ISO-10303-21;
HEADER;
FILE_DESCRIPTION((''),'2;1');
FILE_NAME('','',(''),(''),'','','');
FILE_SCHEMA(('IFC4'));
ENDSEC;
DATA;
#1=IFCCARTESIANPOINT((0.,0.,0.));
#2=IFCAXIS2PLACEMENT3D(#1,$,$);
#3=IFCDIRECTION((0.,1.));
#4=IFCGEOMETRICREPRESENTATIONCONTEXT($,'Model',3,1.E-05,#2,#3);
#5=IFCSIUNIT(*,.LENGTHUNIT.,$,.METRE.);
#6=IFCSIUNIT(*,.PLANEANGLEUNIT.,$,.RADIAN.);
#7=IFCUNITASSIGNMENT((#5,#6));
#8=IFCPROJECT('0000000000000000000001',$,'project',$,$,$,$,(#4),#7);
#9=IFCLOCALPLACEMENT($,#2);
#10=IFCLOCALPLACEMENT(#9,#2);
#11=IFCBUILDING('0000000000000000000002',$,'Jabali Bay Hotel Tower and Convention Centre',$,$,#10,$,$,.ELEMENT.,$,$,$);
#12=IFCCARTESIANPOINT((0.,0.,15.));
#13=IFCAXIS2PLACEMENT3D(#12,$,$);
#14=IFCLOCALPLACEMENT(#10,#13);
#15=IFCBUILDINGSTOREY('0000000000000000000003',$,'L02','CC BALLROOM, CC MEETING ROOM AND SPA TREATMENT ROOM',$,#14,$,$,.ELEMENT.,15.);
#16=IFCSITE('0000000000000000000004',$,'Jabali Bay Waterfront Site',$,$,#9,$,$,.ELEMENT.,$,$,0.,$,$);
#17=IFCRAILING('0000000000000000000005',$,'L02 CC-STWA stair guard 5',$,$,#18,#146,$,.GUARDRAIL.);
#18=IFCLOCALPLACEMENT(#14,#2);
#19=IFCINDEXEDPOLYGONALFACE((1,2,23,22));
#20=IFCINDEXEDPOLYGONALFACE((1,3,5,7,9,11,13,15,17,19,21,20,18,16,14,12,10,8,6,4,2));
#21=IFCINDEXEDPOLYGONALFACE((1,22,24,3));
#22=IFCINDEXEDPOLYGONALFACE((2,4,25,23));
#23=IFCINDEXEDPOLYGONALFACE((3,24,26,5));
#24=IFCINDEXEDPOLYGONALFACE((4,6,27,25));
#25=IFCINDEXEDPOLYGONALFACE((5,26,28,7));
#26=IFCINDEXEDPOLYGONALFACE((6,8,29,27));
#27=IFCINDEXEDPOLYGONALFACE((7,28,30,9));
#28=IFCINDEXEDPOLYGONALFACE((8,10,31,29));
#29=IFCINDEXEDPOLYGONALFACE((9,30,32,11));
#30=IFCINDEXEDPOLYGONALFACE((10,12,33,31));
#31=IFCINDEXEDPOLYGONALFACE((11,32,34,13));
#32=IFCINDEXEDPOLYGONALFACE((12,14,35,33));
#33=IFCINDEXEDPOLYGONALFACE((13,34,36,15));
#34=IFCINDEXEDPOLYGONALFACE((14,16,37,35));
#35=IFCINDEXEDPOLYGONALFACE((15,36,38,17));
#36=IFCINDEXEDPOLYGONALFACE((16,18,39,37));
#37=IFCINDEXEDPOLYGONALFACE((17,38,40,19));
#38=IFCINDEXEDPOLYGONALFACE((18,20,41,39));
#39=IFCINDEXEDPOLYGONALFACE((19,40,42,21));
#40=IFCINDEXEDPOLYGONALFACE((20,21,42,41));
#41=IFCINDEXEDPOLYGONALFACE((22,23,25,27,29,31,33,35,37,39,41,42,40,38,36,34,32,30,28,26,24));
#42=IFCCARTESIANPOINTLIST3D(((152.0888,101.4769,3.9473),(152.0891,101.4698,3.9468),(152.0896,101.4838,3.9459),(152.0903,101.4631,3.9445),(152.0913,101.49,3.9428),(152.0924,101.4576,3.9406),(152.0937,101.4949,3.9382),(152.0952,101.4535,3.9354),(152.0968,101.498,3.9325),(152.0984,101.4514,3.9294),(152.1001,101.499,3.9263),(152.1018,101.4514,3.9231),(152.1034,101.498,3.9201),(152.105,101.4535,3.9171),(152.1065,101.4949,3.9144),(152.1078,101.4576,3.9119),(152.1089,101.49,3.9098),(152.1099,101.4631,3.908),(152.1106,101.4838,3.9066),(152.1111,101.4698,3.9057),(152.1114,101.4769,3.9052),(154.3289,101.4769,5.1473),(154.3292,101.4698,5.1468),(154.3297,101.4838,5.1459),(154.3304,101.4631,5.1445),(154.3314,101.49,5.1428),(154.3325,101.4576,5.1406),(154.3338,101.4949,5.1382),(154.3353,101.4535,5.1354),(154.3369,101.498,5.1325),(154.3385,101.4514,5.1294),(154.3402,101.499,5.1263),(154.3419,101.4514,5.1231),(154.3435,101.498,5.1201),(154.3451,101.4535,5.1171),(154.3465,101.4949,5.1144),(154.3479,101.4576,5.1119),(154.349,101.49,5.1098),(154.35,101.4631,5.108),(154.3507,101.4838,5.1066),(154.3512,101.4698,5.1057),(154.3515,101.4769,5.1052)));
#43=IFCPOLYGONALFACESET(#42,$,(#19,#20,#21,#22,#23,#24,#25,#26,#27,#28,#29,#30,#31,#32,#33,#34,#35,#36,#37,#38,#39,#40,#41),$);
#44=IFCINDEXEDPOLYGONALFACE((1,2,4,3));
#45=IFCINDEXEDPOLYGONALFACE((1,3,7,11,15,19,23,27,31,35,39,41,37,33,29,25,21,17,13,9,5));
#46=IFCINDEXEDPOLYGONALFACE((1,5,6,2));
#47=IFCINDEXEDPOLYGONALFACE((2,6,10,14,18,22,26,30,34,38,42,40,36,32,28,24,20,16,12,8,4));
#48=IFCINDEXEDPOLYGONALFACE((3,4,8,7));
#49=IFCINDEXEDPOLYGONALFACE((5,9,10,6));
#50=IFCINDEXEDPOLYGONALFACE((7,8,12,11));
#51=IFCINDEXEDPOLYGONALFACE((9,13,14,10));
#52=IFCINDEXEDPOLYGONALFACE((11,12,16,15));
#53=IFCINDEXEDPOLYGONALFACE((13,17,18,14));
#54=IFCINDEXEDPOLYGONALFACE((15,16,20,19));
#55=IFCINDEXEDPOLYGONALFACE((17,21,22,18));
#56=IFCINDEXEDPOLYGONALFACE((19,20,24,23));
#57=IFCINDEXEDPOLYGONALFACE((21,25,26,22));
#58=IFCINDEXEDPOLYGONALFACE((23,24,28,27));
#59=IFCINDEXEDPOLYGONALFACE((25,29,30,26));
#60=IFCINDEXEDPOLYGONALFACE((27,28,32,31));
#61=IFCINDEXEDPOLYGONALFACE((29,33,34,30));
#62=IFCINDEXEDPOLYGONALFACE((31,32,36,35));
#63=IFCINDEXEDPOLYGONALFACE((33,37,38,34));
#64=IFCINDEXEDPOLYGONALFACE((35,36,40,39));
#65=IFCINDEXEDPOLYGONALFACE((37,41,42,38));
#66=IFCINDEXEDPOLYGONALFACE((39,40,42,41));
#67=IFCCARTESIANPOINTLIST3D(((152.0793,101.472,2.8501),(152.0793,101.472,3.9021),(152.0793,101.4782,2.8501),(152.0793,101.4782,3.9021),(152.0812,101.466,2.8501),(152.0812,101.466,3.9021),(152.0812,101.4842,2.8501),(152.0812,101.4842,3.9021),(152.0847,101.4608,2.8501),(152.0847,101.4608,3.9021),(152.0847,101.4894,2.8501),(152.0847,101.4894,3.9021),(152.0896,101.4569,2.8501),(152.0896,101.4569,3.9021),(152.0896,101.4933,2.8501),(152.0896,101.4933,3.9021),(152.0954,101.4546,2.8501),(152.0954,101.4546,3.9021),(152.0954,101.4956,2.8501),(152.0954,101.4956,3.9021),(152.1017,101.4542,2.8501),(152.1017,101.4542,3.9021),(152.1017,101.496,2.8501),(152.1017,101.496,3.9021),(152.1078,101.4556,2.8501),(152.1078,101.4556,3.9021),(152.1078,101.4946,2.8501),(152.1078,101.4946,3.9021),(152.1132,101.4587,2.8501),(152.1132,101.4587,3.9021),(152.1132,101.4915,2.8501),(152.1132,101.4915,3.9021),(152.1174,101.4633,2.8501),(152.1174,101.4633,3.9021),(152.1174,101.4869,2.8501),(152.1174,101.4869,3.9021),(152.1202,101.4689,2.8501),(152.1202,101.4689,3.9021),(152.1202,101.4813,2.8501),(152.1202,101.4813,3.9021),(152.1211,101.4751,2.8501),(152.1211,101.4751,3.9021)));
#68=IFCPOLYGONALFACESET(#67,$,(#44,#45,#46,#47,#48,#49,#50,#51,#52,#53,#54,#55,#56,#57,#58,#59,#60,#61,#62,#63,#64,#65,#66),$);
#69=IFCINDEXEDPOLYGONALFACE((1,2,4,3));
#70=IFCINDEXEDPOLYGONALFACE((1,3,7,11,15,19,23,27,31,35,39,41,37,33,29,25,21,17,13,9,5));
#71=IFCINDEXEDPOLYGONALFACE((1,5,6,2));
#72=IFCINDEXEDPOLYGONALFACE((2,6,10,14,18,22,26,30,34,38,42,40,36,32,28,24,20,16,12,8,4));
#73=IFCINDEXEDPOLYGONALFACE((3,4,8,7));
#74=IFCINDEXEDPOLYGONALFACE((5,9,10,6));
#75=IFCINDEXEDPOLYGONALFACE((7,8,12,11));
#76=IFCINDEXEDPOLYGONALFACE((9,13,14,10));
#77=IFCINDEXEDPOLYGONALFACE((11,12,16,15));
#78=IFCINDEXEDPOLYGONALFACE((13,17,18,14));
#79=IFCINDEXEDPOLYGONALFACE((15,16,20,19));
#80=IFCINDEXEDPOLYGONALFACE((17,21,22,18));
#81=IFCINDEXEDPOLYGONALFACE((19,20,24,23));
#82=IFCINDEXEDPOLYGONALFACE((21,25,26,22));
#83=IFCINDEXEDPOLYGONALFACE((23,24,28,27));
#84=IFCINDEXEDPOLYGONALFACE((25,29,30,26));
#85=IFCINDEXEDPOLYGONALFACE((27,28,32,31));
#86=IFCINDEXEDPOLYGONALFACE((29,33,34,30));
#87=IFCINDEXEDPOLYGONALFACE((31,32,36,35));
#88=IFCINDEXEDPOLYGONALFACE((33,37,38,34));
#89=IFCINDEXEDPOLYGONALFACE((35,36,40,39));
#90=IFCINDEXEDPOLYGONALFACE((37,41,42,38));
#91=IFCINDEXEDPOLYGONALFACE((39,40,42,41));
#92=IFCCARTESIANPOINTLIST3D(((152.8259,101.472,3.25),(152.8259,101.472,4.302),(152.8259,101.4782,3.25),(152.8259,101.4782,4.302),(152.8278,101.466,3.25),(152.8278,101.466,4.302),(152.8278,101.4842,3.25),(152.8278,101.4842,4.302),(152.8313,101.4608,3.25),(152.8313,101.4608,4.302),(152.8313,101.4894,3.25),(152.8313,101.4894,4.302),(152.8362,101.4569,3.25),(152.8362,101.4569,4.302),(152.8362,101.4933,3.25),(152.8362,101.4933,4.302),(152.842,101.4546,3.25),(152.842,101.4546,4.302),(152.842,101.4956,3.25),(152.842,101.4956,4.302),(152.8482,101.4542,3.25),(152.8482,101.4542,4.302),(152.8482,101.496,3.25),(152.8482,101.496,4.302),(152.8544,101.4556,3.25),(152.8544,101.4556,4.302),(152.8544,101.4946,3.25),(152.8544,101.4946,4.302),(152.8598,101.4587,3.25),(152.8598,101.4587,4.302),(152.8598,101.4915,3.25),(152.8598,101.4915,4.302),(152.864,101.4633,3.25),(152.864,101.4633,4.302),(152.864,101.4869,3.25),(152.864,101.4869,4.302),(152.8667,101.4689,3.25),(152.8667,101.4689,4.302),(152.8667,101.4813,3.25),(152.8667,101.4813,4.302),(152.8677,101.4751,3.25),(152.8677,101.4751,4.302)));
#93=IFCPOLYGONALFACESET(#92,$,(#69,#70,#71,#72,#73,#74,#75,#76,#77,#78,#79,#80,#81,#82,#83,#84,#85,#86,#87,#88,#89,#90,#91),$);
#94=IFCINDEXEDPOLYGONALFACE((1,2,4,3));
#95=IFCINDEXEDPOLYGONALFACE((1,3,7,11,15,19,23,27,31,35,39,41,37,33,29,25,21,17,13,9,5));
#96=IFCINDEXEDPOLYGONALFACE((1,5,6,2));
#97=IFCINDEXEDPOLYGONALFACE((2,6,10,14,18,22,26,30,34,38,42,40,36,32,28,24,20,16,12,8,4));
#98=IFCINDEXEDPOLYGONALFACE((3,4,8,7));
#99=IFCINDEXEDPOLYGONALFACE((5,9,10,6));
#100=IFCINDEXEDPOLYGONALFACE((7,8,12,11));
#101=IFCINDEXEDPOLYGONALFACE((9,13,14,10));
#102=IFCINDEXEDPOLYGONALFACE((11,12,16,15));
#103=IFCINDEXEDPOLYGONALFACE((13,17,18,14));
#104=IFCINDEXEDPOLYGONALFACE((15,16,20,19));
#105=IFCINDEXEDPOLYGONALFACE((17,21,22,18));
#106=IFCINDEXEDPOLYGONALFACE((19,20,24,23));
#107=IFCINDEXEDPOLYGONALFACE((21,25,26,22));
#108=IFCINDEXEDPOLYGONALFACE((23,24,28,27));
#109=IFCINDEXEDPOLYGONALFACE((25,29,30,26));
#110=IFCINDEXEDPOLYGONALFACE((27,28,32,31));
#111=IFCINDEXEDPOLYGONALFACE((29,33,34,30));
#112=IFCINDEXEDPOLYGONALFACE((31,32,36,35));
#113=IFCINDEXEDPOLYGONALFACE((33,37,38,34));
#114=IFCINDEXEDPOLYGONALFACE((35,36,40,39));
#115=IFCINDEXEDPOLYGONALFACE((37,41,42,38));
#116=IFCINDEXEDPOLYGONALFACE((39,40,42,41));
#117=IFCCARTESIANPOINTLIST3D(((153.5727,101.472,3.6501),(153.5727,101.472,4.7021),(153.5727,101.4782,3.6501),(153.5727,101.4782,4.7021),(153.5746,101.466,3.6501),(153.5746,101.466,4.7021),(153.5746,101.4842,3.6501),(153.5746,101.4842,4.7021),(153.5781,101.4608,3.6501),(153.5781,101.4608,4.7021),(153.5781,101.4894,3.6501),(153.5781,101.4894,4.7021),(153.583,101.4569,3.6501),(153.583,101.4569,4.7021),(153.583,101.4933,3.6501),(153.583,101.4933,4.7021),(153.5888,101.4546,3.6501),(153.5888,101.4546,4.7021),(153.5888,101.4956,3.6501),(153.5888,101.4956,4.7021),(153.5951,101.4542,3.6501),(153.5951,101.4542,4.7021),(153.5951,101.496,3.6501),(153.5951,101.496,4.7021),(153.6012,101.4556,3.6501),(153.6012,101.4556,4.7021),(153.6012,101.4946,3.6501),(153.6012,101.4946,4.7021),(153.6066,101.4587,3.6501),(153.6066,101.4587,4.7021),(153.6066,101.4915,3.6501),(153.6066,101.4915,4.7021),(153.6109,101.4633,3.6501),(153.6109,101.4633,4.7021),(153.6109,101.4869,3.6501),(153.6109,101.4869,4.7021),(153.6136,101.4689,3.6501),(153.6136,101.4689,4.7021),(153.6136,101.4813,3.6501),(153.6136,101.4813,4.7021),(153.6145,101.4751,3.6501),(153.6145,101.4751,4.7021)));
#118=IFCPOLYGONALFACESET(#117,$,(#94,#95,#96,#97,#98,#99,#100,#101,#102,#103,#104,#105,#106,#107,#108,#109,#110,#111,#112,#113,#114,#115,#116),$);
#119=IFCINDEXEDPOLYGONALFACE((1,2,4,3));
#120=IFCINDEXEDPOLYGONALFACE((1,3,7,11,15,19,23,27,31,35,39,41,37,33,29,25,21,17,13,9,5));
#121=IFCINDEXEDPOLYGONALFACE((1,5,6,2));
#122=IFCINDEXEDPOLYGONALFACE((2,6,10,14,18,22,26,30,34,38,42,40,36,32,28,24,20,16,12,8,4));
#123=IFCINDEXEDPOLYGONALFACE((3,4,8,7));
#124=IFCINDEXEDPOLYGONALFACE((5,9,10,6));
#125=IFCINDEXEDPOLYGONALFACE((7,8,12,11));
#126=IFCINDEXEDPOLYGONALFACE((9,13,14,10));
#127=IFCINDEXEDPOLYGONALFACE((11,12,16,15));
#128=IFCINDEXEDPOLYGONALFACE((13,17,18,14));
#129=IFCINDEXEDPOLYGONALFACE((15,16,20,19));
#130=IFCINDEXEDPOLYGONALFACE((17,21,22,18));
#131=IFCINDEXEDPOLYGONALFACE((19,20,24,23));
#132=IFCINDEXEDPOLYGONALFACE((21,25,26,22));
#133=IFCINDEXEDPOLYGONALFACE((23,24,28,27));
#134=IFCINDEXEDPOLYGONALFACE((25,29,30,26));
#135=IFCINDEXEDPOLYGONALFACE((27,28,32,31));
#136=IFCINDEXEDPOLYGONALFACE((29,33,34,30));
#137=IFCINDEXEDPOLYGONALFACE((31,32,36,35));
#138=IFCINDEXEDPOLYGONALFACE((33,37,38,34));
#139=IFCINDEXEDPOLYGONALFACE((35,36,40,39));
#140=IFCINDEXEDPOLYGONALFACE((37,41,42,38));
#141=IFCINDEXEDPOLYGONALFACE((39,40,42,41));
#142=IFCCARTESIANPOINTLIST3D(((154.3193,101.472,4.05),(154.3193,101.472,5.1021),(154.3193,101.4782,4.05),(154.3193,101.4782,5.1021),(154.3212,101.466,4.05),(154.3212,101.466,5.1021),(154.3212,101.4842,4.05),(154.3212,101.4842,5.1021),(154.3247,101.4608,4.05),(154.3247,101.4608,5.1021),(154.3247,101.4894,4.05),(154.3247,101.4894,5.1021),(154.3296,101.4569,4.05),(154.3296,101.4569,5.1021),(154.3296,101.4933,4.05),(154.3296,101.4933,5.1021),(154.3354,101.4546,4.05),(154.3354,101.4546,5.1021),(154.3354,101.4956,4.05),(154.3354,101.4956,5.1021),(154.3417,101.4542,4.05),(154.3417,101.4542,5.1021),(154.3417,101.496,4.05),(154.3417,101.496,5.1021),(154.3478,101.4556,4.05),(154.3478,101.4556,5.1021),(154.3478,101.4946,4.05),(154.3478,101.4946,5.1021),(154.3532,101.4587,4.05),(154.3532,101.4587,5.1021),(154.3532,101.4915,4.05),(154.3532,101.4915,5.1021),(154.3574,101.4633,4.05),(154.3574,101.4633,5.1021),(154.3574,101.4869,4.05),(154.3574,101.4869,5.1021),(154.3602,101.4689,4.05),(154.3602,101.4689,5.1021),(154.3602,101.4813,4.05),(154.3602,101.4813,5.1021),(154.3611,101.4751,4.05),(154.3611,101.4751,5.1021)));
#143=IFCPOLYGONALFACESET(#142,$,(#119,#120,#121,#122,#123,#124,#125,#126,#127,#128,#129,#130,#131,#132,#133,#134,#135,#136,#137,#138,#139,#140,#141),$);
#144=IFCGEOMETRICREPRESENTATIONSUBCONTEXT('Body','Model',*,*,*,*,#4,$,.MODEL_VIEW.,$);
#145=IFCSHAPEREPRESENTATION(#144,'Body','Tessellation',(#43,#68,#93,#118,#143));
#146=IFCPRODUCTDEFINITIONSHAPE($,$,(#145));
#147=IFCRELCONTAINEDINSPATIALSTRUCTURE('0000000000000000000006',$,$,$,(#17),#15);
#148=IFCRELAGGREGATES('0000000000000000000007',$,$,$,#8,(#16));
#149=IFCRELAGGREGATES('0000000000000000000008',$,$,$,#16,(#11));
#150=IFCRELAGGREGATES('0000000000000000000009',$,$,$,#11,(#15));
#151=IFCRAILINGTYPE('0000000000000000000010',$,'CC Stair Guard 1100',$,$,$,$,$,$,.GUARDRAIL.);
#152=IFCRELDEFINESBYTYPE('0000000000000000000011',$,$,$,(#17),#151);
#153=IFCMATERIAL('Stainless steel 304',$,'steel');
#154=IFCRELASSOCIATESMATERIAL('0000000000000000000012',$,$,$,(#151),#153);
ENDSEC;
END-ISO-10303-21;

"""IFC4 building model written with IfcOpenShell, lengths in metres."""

from ifc_helpers import new_model, si_unit, direction, frame, origin, origin_2d, place, context, subcontext, project, spatial, circle, extrude, material, type_object, element, save


model = new_model("IFC4")

# Units and contexts
model_context = context("Model", 3, precision=1e-05, world=origin(), true_north=direction((0.0, 1.0)))
body_context = subcontext(model_context, "Body", "Model", "MODEL_VIEW")
ifc_project = project(units=[si_unit("LENGTHUNIT", "METRE"), si_unit("PLANEANGLEUNIT", "RADIAN")], contexts=[model_context])

# Site, building, storey
site_placement = place(None, origin())
site = spatial("IfcSite", under=ifc_project, at=site_placement, Name="Jabali Bay Waterfront Site", CompositionType="ELEMENT", RefElevation=0.0)
building_placement = place(site_placement, origin())
building = spatial("IfcBuilding", under=site, at=building_placement, Name="Jabali Bay Hotel Tower and Convention Centre", CompositionType="ELEMENT")
storey_placement = place(building_placement, frame((0.0, 0.0, 15.0)))
storey = spatial("IfcBuildingStorey", under=building, at=storey_placement, Name="L02", Description="CC BALLROOM, CC MEETING ROOM AND SPA TREATMENT ROOM", CompositionType="ELEMENT", Elevation=15.0)

# Railing
ifc_material_1 = material(Name="Stainless steel 304", Category="steel")
railing_type_1 = type_object("IfcRailingType", Name="CC Stair Guard 1100", PredefinedType="GUARDRAIL", material=ifc_material_1)
railing_1_placement = place(storey_placement, frame((152.1001, 101.4751, 2.8501)))
element("IfcRailing", 1, at=railing_1_placement, inside=storey, type_object=railing_type_1, Name="L02 CC-STWA stair guard 5", PredefinedType="GUARDRAIL", context=body_context, shape_type="SweptSolid", body=[
    extrude(circle(Radius=0.0239, at=origin_2d()), frame((0.0, 0.0, 1.0762), z_axis=(0.881487, 0.0, 0.472208), x_axis=(0.0, 1.0, 0.0)), (0.0, 0.0, 1.0), 2.5413),
    extrude(circle(Radius=0.021, at=origin_2d()), origin(), (0.0, 0.0, 1.0), 1.052),
    extrude(circle(Radius=0.021, at=origin_2d()), frame((0.7466, 0.0, 0.3999)), (0.0, 0.0, 1.0), 1.052),
    extrude(circle(Radius=0.021, at=origin_2d()), frame((1.4934, 0.0, 0.8)), (0.0, 0.0, 1.0), 1.052),
    extrude(circle(Radius=0.021, at=origin_2d()), frame((2.24, 0.0, 1.2)), (0.0, 0.0, 1.0), 1.052),
])

save(model, "model.ifc")
